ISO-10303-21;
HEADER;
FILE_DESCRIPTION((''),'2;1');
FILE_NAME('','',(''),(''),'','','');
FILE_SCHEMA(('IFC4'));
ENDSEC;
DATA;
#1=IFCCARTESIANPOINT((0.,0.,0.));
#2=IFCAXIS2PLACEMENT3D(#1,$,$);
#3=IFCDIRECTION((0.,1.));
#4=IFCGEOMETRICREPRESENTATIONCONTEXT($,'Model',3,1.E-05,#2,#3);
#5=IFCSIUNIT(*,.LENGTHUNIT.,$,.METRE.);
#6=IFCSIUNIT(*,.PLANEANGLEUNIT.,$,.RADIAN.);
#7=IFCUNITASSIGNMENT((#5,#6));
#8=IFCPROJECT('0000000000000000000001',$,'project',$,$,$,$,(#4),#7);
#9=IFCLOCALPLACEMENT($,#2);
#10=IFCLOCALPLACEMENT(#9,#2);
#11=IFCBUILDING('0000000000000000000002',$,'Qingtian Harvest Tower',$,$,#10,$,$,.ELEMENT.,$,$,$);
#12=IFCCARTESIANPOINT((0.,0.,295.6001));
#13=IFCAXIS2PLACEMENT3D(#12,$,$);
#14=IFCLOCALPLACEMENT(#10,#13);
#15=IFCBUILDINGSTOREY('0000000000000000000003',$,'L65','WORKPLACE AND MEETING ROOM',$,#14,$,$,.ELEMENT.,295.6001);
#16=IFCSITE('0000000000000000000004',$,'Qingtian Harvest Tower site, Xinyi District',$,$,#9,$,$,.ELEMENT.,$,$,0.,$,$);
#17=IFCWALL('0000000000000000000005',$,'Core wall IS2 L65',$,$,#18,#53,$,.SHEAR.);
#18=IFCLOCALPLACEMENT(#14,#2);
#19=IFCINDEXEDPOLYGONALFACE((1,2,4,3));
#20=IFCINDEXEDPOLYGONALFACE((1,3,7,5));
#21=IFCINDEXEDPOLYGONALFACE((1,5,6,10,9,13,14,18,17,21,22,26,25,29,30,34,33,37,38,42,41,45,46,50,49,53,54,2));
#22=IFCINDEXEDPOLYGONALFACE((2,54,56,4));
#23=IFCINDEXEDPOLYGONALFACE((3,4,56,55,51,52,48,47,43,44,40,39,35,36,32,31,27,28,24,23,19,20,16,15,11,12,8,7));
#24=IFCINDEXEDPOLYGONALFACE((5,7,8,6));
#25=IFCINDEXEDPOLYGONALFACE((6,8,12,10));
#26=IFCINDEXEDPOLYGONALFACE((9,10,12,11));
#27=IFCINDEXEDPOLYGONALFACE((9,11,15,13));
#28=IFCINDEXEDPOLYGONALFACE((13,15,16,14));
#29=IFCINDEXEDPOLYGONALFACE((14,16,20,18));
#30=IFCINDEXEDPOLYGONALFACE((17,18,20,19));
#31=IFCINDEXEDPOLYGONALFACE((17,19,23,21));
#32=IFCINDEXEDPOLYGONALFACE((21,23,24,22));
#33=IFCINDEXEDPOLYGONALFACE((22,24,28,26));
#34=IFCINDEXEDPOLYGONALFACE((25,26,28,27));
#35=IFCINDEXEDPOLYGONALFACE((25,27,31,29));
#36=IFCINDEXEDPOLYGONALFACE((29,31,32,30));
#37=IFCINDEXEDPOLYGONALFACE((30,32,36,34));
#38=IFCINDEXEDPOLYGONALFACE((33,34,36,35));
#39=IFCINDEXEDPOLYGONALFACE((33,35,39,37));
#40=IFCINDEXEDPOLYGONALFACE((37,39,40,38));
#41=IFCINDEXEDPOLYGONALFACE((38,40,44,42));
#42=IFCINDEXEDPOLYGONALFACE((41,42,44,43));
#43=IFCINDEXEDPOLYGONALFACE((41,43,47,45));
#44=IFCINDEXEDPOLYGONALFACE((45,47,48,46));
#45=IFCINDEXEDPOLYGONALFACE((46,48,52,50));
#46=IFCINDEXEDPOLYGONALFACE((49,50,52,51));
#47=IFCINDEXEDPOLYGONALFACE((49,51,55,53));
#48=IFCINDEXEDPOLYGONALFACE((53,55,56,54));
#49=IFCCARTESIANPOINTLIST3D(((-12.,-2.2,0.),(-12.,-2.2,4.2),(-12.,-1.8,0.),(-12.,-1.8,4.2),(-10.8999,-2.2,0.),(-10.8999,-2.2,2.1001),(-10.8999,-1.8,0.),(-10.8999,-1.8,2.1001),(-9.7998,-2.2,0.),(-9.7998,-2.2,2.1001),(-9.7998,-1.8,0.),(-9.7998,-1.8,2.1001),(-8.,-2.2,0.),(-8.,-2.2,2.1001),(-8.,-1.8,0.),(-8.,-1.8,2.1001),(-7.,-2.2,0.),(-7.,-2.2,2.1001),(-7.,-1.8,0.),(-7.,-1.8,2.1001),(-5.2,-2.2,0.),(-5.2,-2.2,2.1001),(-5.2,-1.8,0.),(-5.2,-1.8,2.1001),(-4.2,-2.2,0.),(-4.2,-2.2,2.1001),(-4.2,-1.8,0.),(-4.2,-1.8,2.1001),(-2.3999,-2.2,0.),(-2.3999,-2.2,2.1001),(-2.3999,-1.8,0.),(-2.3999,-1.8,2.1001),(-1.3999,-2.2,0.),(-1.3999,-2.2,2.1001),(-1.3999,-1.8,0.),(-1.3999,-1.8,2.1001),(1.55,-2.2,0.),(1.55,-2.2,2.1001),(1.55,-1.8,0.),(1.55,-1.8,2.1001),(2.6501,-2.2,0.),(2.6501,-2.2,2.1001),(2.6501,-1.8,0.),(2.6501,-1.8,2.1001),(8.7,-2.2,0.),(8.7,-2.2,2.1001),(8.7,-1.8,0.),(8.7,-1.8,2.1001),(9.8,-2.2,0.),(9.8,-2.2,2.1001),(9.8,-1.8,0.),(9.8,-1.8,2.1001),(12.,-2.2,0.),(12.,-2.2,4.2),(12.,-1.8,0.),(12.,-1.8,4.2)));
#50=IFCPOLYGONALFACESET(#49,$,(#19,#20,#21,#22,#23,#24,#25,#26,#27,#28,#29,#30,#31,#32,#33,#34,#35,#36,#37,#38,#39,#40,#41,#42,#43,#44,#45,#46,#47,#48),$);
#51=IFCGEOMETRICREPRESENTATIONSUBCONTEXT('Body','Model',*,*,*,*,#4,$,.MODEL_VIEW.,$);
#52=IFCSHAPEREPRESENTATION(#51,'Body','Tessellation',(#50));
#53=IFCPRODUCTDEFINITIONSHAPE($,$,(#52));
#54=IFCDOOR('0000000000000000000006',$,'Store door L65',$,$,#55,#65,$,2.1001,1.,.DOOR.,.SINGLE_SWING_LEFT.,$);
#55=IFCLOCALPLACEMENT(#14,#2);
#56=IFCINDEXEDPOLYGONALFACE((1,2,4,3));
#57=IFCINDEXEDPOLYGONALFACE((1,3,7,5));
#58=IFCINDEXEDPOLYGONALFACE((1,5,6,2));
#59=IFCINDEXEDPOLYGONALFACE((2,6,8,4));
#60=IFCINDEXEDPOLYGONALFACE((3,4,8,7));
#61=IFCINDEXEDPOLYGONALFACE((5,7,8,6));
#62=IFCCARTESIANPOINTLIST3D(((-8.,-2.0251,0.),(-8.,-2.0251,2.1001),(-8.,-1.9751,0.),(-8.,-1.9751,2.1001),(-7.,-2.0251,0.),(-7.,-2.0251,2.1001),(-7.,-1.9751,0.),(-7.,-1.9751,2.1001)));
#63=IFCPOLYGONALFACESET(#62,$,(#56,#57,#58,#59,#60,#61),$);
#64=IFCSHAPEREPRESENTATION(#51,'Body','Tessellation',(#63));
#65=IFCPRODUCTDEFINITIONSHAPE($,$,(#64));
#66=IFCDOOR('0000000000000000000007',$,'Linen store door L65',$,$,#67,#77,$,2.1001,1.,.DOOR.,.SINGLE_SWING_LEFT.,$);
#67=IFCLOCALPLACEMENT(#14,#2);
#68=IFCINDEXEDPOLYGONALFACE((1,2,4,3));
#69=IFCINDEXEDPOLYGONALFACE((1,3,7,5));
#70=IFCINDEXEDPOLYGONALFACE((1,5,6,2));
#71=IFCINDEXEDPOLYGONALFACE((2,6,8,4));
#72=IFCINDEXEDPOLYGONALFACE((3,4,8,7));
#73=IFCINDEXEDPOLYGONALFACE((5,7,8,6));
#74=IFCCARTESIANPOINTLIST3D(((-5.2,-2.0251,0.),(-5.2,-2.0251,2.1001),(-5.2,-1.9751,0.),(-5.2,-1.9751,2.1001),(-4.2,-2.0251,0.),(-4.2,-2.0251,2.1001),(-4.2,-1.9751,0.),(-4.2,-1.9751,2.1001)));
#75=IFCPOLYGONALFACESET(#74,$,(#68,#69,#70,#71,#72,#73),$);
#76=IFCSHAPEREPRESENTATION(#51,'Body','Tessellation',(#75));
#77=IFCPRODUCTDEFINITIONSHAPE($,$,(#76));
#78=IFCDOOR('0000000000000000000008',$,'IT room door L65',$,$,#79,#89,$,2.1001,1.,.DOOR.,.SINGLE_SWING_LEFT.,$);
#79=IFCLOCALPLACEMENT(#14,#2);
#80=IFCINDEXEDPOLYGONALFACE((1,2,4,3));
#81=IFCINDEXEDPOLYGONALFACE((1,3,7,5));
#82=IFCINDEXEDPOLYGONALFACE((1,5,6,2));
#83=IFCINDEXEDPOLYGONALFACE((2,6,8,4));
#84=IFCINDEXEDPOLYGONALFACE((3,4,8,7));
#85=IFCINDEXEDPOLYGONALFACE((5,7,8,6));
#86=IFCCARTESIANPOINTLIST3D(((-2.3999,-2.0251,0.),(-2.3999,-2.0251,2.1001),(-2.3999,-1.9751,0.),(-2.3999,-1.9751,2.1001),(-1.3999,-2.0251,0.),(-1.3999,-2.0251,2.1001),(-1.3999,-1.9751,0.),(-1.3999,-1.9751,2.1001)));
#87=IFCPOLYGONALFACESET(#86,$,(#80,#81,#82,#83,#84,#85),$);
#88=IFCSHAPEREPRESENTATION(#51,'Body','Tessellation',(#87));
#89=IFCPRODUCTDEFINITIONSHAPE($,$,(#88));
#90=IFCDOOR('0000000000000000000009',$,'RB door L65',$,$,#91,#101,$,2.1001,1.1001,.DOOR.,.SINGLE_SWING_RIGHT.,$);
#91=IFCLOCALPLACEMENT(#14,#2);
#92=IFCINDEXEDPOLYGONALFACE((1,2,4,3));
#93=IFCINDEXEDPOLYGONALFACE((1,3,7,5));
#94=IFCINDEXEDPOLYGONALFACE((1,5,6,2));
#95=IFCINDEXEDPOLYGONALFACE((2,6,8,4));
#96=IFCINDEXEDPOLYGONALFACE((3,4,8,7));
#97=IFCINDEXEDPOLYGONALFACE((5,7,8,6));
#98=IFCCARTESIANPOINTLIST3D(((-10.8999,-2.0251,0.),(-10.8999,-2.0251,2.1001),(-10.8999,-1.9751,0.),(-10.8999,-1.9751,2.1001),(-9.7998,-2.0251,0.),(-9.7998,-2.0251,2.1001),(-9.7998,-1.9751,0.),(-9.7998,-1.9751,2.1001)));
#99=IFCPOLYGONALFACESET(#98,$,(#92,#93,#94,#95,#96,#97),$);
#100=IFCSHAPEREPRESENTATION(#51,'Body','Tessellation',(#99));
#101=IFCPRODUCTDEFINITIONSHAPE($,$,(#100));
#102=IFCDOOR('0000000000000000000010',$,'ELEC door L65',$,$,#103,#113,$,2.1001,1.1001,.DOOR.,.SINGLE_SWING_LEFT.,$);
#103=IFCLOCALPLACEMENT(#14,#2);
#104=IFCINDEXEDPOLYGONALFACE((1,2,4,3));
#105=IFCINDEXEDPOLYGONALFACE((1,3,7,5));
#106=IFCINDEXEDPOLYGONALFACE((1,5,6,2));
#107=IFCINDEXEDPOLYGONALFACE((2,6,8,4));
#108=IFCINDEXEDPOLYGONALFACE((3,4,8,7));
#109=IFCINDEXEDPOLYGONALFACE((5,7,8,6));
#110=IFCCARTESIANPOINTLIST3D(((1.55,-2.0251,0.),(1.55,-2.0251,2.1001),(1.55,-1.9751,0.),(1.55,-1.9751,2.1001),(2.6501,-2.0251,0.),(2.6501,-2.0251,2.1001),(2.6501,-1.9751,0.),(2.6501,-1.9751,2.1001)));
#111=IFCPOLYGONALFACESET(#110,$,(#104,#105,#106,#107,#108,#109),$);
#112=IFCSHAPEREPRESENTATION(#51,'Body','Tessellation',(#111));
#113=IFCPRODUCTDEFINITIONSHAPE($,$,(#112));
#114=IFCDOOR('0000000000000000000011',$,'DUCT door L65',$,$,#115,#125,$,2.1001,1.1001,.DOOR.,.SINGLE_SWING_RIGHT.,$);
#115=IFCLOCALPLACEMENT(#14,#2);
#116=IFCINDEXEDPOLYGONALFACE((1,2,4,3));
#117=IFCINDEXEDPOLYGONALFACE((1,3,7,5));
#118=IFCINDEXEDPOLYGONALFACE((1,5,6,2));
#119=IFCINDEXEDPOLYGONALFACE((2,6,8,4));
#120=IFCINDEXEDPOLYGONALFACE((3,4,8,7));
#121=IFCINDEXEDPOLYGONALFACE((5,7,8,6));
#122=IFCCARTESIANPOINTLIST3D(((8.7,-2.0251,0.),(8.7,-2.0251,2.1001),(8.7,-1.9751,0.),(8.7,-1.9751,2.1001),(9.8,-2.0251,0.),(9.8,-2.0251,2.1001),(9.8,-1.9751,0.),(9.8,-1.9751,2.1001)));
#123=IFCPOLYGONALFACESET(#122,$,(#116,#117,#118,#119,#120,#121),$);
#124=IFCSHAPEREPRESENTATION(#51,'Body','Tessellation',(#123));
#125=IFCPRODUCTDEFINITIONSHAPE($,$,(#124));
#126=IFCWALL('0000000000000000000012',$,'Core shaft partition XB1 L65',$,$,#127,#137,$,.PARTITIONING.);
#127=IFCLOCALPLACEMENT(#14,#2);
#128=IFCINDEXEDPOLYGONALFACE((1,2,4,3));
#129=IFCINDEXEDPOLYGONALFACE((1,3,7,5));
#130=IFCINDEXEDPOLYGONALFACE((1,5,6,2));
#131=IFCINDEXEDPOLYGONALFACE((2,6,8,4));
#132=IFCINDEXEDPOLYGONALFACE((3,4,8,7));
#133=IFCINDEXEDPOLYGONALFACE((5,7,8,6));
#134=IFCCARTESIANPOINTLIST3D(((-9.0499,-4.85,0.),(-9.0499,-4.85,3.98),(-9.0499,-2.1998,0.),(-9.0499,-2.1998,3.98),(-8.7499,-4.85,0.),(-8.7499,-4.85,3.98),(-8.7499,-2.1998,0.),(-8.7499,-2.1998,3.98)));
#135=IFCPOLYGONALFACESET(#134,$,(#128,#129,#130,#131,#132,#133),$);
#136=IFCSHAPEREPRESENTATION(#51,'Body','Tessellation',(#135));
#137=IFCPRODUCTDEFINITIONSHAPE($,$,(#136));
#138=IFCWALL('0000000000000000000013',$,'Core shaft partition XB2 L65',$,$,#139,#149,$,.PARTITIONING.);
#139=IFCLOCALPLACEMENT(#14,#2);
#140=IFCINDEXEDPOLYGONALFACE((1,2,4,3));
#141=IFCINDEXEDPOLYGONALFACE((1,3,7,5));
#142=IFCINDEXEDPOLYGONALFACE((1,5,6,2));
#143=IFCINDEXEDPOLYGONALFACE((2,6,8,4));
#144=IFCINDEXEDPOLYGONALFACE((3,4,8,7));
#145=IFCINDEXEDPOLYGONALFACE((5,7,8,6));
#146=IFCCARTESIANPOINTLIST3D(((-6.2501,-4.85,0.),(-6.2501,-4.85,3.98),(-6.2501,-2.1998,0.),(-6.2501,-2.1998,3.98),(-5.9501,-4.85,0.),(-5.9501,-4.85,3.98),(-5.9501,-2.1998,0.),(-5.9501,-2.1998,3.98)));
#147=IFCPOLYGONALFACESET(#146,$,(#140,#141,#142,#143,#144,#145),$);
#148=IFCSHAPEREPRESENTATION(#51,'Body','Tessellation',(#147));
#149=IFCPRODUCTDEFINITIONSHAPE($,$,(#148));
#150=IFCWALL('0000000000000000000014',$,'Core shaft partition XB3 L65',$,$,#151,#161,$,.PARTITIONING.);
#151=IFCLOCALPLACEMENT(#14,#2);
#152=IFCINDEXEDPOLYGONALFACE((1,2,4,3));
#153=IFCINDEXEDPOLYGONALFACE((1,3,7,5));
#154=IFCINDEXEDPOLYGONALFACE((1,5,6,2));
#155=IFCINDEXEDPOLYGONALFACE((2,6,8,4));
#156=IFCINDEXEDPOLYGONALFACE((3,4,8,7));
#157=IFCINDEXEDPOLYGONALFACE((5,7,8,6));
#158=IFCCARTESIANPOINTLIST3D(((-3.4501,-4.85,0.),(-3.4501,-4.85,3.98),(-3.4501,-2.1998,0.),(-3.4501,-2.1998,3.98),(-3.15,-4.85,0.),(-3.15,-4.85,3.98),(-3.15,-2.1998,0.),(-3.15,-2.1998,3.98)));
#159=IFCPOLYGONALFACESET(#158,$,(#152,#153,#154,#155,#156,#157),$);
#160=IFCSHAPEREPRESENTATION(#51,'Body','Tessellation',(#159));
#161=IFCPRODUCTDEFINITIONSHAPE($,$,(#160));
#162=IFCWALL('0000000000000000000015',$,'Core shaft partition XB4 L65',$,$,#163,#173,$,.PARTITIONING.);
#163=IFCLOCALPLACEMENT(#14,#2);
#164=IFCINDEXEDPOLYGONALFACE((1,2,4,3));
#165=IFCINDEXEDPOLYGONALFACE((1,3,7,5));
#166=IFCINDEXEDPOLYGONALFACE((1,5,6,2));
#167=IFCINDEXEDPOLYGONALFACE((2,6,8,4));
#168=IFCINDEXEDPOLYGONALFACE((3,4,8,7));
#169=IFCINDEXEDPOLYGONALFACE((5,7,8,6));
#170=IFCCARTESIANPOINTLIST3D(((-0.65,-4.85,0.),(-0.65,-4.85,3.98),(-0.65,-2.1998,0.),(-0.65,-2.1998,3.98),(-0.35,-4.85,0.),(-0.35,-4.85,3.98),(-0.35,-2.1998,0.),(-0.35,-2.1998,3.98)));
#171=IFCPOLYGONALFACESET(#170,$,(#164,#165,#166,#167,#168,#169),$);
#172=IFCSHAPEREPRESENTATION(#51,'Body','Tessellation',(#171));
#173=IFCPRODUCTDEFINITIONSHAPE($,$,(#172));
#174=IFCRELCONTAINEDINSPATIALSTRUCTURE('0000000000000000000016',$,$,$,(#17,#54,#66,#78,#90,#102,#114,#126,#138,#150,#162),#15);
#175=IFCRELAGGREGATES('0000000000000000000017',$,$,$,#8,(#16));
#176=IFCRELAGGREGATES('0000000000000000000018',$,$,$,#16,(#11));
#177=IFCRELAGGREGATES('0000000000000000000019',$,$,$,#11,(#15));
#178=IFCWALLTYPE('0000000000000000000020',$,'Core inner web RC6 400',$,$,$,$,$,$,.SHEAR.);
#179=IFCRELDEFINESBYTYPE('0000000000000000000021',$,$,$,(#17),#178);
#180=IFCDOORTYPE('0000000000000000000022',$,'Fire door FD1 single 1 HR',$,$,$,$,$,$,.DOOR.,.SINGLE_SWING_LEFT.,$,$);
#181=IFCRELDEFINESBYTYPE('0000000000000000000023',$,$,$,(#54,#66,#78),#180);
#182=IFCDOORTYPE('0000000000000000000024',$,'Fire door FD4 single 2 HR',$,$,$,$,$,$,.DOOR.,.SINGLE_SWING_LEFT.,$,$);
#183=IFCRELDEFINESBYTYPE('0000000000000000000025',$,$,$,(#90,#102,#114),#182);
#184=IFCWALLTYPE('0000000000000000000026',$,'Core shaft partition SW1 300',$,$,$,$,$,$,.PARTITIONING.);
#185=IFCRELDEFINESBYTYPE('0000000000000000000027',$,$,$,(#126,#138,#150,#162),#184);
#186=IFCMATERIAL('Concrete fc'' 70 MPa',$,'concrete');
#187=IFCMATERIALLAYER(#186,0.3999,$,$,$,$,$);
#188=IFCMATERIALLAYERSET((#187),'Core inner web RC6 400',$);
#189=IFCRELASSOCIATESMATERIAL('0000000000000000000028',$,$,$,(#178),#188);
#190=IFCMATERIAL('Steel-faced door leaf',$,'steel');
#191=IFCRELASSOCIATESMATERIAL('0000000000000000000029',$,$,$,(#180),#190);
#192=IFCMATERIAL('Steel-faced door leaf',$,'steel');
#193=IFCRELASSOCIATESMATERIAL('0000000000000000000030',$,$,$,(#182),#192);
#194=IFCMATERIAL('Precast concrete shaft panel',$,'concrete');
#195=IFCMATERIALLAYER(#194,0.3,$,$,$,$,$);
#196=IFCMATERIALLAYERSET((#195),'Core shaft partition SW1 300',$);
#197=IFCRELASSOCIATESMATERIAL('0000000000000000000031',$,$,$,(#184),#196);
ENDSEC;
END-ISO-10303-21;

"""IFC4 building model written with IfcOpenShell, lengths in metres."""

from ifc_helpers import new_model, si_unit, direction, frame, frame_2d, origin, place, context, subcontext, project, spatial, rectangle, extrude, material, layer, layer_set, type_object, element, fill, save


model = new_model("IFC4")

# Units and contexts
model_context = context("Model", 3, precision=1e-05, world=origin(), true_north=direction((0.0, 1.0)))
body_context = subcontext(model_context, "Body", "Model", "MODEL_VIEW")
ifc_project = project(units=[si_unit("LENGTHUNIT", "METRE"), si_unit("PLANEANGLEUNIT", "RADIAN")], contexts=[model_context])

# Site, building, storey
site_placement = place(None, origin())
site = spatial("IfcSite", under=ifc_project, at=site_placement, Name="Qingtian Harvest Tower site, Xinyi District", CompositionType="ELEMENT", RefElevation=0.0)
building_placement = place(site_placement, origin())
building = spatial("IfcBuilding", under=site, at=building_placement, Name="Qingtian Harvest Tower", CompositionType="ELEMENT")
storey_placement = place(building_placement, frame((0.0, 0.0, 295.6001)))
storey = spatial("IfcBuildingStorey", under=building, at=storey_placement, Name="L65", Description="WORKPLACE AND MEETING ROOM", CompositionType="ELEMENT", Elevation=295.6001)

# Wall, openings, doors
ifc_material_1 = material(Name="Concrete fc' 70 MPa", Category="concrete")
ifc_layer_1 = layer(ifc_material_1, 0.3999)
ifc_layer_set_1 = layer_set([ifc_layer_1], Name="Core inner web RC6 400")
wall_type_1 = type_object("IfcWallType", Name="Core inner web RC6 400", PredefinedType="SHEAR", material=ifc_layer_set_1)
wall_1_placement = place(storey_placement, frame((-12.0, -2.0, 0.0), z_axis=(0.0, 0.0, 1.0), x_axis=(1.0, 0.0, 0.0)))
wall_1 = element("IfcWall", 1, at=wall_1_placement, inside=storey, type_object=wall_type_1, Name="Core wall IS2 L65", PredefinedType="SHEAR", context=body_context, shape_type="SweptSolid", body=[
    extrude(rectangle(XDim=24.0, YDim=0.3999, at=frame_2d((12.0, 0.0))), origin(), (0.0, 0.0, 1.0), 4.2),
])
opening_1_placement = place(wall_1_placement, frame((1.1001, 0.0, 0.0)))
opening_1 = element("IfcOpeningElement", 2, at=opening_1_placement, cuts=wall_1, PredefinedType="OPENING", context=body_context, shape_type="SweptSolid", body=[
    extrude(rectangle(XDim=1.1001, YDim=2.1001, at=frame_2d((0.55, 1.05))), frame((0.0, 0.21, 0.0), z_axis=(0.0, -1.0, 0.0), x_axis=(1.0, 0.0, 0.0)), (0.0, 0.0, 1.0), 0.4199),
])
opening_2_placement = place(wall_1_placement, frame((13.55, 0.0, 0.0)))
opening_2 = element("IfcOpeningElement", 3, at=opening_2_placement, cuts=wall_1, PredefinedType="OPENING", context=body_context, shape_type="SweptSolid", body=[
    extrude(rectangle(XDim=1.1001, YDim=2.1001, at=frame_2d((0.55, 1.05))), frame((0.0, 0.21, 0.0), z_axis=(0.0, -1.0, 0.0), x_axis=(1.0, 0.0, 0.0)), (0.0, 0.0, 1.0), 0.4199),
])
opening_3_placement = place(wall_1_placement, frame((20.7, 0.0, 0.0)))
opening_3 = element("IfcOpeningElement", 4, at=opening_3_placement, cuts=wall_1, PredefinedType="OPENING", context=body_context, shape_type="SweptSolid", body=[
    extrude(rectangle(XDim=1.1001, YDim=2.1001, at=frame_2d((0.55, 1.05))), frame((0.0, 0.21, 0.0), z_axis=(0.0, -1.0, 0.0), x_axis=(1.0, 0.0, 0.0)), (0.0, 0.0, 1.0), 0.4199),
])
opening_4_placement = place(wall_1_placement, frame((4.0, 0.0, 0.0)))
opening_4 = element("IfcOpeningElement", 5, at=opening_4_placement, cuts=wall_1, PredefinedType="OPENING", context=body_context, shape_type="SweptSolid", body=[
    extrude(rectangle(XDim=1.0, YDim=2.1001, at=frame_2d((0.5, 1.05))), frame((0.0, 0.21, 0.0), z_axis=(0.0, -1.0, 0.0), x_axis=(1.0, 0.0, 0.0)), (0.0, 0.0, 1.0), 0.4199),
])
opening_5_placement = place(wall_1_placement, frame((6.8, 0.0, 0.0)))
opening_5 = element("IfcOpeningElement", 6, at=opening_5_placement, cuts=wall_1, PredefinedType="OPENING", context=body_context, shape_type="SweptSolid", body=[
    extrude(rectangle(XDim=1.0, YDim=2.1001, at=frame_2d((0.5, 1.05))), frame((0.0, 0.21, 0.0), z_axis=(0.0, -1.0, 0.0), x_axis=(1.0, 0.0, 0.0)), (0.0, 0.0, 1.0), 0.4199),
])
opening_6_placement = place(wall_1_placement, frame((9.6001, 0.0, 0.0)))
opening_6 = element("IfcOpeningElement", 7, at=opening_6_placement, cuts=wall_1, PredefinedType="OPENING", context=body_context, shape_type="SweptSolid", body=[
    extrude(rectangle(XDim=1.0, YDim=2.1001, at=frame_2d((0.5, 1.05))), frame((0.0, 0.21, 0.0), z_axis=(0.0, -1.0, 0.0), x_axis=(1.0, 0.0, 0.0)), (0.0, 0.0, 1.0), 0.4199),
])
ifc_material_2 = material(Name="Steel-faced door leaf", Category="steel")
door_type_1 = type_object("IfcDoorType", Name="Fire door FD1 single 1 HR", OperationType="SINGLE_SWING_LEFT", PredefinedType="DOOR", material=ifc_material_2)
door_1_placement = place(opening_4_placement, origin())
door_1 = element("IfcDoor", 8, at=door_1_placement, inside=storey, type_object=door_type_1, Name="Store door L65", OperationType="SINGLE_SWING_LEFT", OverallHeight=2.1001, OverallWidth=1.0, PredefinedType="DOOR", context=body_context, shape_type="SweptSolid", body=[
    extrude(rectangle(XDim=1.0, YDim=2.1001, at=frame_2d((0.5, 1.05))), frame((0.0, 0.0249, 0.0), z_axis=(0.0, -1.0, 0.0), x_axis=(1.0, 0.0, 0.0)), (0.0, 0.0, 1.0), 0.05),
])
fill(opening_4, door_1)
door_2_placement = place(opening_5_placement, origin())
door_2 = element("IfcDoor", 9, at=door_2_placement, inside=storey, type_object=door_type_1, Name="Linen store door L65", OperationType="SINGLE_SWING_LEFT", OverallHeight=2.1001, OverallWidth=1.0, PredefinedType="DOOR", context=body_context, shape_type="SweptSolid", body=[
    extrude(rectangle(XDim=1.0, YDim=2.1001, at=frame_2d((0.5, 1.05))), frame((0.0, 0.0249, 0.0), z_axis=(0.0, -1.0, 0.0), x_axis=(1.0, 0.0, 0.0)), (0.0, 0.0, 1.0), 0.05),
])
fill(opening_5, door_2)
door_3_placement = place(opening_6_placement, origin())
door_3 = element("IfcDoor", 10, at=door_3_placement, inside=storey, type_object=door_type_1, Name="IT room door L65", OperationType="SINGLE_SWING_LEFT", OverallHeight=2.1001, OverallWidth=1.0, PredefinedType="DOOR", context=body_context, shape_type="SweptSolid", body=[
    extrude(rectangle(XDim=1.0, YDim=2.1001, at=frame_2d((0.5, 1.05))), frame((0.0, 0.0249, 0.0), z_axis=(0.0, -1.0, 0.0), x_axis=(1.0, 0.0, 0.0)), (0.0, 0.0, 1.0), 0.05),
])
fill(opening_6, door_3)
ifc_material_3 = material(Name="Steel-faced door leaf", Category="steel")
door_type_2 = type_object("IfcDoorType", Name="Fire door FD4 single 2 HR", OperationType="SINGLE_SWING_LEFT", PredefinedType="DOOR", material=ifc_material_3)
door_4_placement = place(opening_1_placement, origin())
door_4 = element("IfcDoor", 11, at=door_4_placement, inside=storey, type_object=door_type_2, Name="RB door L65", OperationType="SINGLE_SWING_RIGHT", OverallHeight=2.1001, OverallWidth=1.1001, PredefinedType="DOOR", context=body_context, shape_type="SweptSolid", body=[
    extrude(rectangle(XDim=1.1001, YDim=2.1001, at=frame_2d((0.55, 1.05))), frame((0.0, 0.0249, 0.0), z_axis=(0.0, -1.0, 0.0), x_axis=(1.0, 0.0, 0.0)), (0.0, 0.0, 1.0), 0.05),
])
fill(opening_1, door_4)
door_5_placement = place(opening_2_placement, origin())
door_5 = element("IfcDoor", 12, at=door_5_placement, inside=storey, type_object=door_type_2, Name="ELEC door L65", OperationType="SINGLE_SWING_LEFT", OverallHeight=2.1001, OverallWidth=1.1001, PredefinedType="DOOR", context=body_context, shape_type="SweptSolid", body=[
    extrude(rectangle(XDim=1.1001, YDim=2.1001, at=frame_2d((0.55, 1.05))), frame((0.0, 0.0249, 0.0), z_axis=(0.0, -1.0, 0.0), x_axis=(1.0, 0.0, 0.0)), (0.0, 0.0, 1.0), 0.05),
])
fill(opening_2, door_5)
door_6_placement = place(opening_3_placement, origin())
door_6 = element("IfcDoor", 13, at=door_6_placement, inside=storey, type_object=door_type_2, Name="DUCT door L65", OperationType="SINGLE_SWING_RIGHT", OverallHeight=2.1001, OverallWidth=1.1001, PredefinedType="DOOR", context=body_context, shape_type="SweptSolid", body=[
    extrude(rectangle(XDim=1.1001, YDim=2.1001, at=frame_2d((0.55, 1.05))), frame((0.0, 0.0249, 0.0), z_axis=(0.0, -1.0, 0.0), x_axis=(1.0, 0.0, 0.0)), (0.0, 0.0, 1.0), 0.05),
])
fill(opening_3, door_6)

# Walls
ifc_material_4 = material(Name="Precast concrete shaft panel", Category="concrete")
ifc_layer_2 = layer(ifc_material_4, 0.3)
ifc_layer_set_2 = layer_set([ifc_layer_2], Name="Core shaft partition SW1 300")
wall_type_2 = type_object("IfcWallType", Name="Core shaft partition SW1 300", PredefinedType="PARTITIONING", material=ifc_layer_set_2)
for number, where, z_axis, x_axis, name in (
    (14, (-8.8999, -4.8501, 0.0), (0.0, 0.0, 1.0), (0.0, 1.0, 0.0), "Core shaft partition XB1 L65"),
    (15, (-6.1001, -4.8501, 0.0), (0.0, 0.0, 1.0), (0.0, 1.0, 0.0), "Core shaft partition XB2 L65"),
    (16, (-3.3, -4.8501, 0.0), (0.0, 0.0, 1.0), (0.0, 1.0, 0.0), "Core shaft partition XB3 L65"),
    (17, (-0.5, -4.8501, 0.0), (0.0, 0.0, 1.0), (0.0, 1.0, 0.0), "Core shaft partition XB4 L65"),
):
    element("IfcWall", number, at=place(storey_placement, frame(where, z_axis=z_axis, x_axis=x_axis)), inside=storey, type_object=wall_type_2, Name=name, PredefinedType="PARTITIONING", context=body_context, shape_type="SweptSolid", body=[
        extrude(rectangle(XDim=2.6501, YDim=0.3, at=frame_2d((1.3252, 0.0))), origin(), (0.0, 0.0, 1.0), 3.98),
    ])

save(model, "model.ifc")
